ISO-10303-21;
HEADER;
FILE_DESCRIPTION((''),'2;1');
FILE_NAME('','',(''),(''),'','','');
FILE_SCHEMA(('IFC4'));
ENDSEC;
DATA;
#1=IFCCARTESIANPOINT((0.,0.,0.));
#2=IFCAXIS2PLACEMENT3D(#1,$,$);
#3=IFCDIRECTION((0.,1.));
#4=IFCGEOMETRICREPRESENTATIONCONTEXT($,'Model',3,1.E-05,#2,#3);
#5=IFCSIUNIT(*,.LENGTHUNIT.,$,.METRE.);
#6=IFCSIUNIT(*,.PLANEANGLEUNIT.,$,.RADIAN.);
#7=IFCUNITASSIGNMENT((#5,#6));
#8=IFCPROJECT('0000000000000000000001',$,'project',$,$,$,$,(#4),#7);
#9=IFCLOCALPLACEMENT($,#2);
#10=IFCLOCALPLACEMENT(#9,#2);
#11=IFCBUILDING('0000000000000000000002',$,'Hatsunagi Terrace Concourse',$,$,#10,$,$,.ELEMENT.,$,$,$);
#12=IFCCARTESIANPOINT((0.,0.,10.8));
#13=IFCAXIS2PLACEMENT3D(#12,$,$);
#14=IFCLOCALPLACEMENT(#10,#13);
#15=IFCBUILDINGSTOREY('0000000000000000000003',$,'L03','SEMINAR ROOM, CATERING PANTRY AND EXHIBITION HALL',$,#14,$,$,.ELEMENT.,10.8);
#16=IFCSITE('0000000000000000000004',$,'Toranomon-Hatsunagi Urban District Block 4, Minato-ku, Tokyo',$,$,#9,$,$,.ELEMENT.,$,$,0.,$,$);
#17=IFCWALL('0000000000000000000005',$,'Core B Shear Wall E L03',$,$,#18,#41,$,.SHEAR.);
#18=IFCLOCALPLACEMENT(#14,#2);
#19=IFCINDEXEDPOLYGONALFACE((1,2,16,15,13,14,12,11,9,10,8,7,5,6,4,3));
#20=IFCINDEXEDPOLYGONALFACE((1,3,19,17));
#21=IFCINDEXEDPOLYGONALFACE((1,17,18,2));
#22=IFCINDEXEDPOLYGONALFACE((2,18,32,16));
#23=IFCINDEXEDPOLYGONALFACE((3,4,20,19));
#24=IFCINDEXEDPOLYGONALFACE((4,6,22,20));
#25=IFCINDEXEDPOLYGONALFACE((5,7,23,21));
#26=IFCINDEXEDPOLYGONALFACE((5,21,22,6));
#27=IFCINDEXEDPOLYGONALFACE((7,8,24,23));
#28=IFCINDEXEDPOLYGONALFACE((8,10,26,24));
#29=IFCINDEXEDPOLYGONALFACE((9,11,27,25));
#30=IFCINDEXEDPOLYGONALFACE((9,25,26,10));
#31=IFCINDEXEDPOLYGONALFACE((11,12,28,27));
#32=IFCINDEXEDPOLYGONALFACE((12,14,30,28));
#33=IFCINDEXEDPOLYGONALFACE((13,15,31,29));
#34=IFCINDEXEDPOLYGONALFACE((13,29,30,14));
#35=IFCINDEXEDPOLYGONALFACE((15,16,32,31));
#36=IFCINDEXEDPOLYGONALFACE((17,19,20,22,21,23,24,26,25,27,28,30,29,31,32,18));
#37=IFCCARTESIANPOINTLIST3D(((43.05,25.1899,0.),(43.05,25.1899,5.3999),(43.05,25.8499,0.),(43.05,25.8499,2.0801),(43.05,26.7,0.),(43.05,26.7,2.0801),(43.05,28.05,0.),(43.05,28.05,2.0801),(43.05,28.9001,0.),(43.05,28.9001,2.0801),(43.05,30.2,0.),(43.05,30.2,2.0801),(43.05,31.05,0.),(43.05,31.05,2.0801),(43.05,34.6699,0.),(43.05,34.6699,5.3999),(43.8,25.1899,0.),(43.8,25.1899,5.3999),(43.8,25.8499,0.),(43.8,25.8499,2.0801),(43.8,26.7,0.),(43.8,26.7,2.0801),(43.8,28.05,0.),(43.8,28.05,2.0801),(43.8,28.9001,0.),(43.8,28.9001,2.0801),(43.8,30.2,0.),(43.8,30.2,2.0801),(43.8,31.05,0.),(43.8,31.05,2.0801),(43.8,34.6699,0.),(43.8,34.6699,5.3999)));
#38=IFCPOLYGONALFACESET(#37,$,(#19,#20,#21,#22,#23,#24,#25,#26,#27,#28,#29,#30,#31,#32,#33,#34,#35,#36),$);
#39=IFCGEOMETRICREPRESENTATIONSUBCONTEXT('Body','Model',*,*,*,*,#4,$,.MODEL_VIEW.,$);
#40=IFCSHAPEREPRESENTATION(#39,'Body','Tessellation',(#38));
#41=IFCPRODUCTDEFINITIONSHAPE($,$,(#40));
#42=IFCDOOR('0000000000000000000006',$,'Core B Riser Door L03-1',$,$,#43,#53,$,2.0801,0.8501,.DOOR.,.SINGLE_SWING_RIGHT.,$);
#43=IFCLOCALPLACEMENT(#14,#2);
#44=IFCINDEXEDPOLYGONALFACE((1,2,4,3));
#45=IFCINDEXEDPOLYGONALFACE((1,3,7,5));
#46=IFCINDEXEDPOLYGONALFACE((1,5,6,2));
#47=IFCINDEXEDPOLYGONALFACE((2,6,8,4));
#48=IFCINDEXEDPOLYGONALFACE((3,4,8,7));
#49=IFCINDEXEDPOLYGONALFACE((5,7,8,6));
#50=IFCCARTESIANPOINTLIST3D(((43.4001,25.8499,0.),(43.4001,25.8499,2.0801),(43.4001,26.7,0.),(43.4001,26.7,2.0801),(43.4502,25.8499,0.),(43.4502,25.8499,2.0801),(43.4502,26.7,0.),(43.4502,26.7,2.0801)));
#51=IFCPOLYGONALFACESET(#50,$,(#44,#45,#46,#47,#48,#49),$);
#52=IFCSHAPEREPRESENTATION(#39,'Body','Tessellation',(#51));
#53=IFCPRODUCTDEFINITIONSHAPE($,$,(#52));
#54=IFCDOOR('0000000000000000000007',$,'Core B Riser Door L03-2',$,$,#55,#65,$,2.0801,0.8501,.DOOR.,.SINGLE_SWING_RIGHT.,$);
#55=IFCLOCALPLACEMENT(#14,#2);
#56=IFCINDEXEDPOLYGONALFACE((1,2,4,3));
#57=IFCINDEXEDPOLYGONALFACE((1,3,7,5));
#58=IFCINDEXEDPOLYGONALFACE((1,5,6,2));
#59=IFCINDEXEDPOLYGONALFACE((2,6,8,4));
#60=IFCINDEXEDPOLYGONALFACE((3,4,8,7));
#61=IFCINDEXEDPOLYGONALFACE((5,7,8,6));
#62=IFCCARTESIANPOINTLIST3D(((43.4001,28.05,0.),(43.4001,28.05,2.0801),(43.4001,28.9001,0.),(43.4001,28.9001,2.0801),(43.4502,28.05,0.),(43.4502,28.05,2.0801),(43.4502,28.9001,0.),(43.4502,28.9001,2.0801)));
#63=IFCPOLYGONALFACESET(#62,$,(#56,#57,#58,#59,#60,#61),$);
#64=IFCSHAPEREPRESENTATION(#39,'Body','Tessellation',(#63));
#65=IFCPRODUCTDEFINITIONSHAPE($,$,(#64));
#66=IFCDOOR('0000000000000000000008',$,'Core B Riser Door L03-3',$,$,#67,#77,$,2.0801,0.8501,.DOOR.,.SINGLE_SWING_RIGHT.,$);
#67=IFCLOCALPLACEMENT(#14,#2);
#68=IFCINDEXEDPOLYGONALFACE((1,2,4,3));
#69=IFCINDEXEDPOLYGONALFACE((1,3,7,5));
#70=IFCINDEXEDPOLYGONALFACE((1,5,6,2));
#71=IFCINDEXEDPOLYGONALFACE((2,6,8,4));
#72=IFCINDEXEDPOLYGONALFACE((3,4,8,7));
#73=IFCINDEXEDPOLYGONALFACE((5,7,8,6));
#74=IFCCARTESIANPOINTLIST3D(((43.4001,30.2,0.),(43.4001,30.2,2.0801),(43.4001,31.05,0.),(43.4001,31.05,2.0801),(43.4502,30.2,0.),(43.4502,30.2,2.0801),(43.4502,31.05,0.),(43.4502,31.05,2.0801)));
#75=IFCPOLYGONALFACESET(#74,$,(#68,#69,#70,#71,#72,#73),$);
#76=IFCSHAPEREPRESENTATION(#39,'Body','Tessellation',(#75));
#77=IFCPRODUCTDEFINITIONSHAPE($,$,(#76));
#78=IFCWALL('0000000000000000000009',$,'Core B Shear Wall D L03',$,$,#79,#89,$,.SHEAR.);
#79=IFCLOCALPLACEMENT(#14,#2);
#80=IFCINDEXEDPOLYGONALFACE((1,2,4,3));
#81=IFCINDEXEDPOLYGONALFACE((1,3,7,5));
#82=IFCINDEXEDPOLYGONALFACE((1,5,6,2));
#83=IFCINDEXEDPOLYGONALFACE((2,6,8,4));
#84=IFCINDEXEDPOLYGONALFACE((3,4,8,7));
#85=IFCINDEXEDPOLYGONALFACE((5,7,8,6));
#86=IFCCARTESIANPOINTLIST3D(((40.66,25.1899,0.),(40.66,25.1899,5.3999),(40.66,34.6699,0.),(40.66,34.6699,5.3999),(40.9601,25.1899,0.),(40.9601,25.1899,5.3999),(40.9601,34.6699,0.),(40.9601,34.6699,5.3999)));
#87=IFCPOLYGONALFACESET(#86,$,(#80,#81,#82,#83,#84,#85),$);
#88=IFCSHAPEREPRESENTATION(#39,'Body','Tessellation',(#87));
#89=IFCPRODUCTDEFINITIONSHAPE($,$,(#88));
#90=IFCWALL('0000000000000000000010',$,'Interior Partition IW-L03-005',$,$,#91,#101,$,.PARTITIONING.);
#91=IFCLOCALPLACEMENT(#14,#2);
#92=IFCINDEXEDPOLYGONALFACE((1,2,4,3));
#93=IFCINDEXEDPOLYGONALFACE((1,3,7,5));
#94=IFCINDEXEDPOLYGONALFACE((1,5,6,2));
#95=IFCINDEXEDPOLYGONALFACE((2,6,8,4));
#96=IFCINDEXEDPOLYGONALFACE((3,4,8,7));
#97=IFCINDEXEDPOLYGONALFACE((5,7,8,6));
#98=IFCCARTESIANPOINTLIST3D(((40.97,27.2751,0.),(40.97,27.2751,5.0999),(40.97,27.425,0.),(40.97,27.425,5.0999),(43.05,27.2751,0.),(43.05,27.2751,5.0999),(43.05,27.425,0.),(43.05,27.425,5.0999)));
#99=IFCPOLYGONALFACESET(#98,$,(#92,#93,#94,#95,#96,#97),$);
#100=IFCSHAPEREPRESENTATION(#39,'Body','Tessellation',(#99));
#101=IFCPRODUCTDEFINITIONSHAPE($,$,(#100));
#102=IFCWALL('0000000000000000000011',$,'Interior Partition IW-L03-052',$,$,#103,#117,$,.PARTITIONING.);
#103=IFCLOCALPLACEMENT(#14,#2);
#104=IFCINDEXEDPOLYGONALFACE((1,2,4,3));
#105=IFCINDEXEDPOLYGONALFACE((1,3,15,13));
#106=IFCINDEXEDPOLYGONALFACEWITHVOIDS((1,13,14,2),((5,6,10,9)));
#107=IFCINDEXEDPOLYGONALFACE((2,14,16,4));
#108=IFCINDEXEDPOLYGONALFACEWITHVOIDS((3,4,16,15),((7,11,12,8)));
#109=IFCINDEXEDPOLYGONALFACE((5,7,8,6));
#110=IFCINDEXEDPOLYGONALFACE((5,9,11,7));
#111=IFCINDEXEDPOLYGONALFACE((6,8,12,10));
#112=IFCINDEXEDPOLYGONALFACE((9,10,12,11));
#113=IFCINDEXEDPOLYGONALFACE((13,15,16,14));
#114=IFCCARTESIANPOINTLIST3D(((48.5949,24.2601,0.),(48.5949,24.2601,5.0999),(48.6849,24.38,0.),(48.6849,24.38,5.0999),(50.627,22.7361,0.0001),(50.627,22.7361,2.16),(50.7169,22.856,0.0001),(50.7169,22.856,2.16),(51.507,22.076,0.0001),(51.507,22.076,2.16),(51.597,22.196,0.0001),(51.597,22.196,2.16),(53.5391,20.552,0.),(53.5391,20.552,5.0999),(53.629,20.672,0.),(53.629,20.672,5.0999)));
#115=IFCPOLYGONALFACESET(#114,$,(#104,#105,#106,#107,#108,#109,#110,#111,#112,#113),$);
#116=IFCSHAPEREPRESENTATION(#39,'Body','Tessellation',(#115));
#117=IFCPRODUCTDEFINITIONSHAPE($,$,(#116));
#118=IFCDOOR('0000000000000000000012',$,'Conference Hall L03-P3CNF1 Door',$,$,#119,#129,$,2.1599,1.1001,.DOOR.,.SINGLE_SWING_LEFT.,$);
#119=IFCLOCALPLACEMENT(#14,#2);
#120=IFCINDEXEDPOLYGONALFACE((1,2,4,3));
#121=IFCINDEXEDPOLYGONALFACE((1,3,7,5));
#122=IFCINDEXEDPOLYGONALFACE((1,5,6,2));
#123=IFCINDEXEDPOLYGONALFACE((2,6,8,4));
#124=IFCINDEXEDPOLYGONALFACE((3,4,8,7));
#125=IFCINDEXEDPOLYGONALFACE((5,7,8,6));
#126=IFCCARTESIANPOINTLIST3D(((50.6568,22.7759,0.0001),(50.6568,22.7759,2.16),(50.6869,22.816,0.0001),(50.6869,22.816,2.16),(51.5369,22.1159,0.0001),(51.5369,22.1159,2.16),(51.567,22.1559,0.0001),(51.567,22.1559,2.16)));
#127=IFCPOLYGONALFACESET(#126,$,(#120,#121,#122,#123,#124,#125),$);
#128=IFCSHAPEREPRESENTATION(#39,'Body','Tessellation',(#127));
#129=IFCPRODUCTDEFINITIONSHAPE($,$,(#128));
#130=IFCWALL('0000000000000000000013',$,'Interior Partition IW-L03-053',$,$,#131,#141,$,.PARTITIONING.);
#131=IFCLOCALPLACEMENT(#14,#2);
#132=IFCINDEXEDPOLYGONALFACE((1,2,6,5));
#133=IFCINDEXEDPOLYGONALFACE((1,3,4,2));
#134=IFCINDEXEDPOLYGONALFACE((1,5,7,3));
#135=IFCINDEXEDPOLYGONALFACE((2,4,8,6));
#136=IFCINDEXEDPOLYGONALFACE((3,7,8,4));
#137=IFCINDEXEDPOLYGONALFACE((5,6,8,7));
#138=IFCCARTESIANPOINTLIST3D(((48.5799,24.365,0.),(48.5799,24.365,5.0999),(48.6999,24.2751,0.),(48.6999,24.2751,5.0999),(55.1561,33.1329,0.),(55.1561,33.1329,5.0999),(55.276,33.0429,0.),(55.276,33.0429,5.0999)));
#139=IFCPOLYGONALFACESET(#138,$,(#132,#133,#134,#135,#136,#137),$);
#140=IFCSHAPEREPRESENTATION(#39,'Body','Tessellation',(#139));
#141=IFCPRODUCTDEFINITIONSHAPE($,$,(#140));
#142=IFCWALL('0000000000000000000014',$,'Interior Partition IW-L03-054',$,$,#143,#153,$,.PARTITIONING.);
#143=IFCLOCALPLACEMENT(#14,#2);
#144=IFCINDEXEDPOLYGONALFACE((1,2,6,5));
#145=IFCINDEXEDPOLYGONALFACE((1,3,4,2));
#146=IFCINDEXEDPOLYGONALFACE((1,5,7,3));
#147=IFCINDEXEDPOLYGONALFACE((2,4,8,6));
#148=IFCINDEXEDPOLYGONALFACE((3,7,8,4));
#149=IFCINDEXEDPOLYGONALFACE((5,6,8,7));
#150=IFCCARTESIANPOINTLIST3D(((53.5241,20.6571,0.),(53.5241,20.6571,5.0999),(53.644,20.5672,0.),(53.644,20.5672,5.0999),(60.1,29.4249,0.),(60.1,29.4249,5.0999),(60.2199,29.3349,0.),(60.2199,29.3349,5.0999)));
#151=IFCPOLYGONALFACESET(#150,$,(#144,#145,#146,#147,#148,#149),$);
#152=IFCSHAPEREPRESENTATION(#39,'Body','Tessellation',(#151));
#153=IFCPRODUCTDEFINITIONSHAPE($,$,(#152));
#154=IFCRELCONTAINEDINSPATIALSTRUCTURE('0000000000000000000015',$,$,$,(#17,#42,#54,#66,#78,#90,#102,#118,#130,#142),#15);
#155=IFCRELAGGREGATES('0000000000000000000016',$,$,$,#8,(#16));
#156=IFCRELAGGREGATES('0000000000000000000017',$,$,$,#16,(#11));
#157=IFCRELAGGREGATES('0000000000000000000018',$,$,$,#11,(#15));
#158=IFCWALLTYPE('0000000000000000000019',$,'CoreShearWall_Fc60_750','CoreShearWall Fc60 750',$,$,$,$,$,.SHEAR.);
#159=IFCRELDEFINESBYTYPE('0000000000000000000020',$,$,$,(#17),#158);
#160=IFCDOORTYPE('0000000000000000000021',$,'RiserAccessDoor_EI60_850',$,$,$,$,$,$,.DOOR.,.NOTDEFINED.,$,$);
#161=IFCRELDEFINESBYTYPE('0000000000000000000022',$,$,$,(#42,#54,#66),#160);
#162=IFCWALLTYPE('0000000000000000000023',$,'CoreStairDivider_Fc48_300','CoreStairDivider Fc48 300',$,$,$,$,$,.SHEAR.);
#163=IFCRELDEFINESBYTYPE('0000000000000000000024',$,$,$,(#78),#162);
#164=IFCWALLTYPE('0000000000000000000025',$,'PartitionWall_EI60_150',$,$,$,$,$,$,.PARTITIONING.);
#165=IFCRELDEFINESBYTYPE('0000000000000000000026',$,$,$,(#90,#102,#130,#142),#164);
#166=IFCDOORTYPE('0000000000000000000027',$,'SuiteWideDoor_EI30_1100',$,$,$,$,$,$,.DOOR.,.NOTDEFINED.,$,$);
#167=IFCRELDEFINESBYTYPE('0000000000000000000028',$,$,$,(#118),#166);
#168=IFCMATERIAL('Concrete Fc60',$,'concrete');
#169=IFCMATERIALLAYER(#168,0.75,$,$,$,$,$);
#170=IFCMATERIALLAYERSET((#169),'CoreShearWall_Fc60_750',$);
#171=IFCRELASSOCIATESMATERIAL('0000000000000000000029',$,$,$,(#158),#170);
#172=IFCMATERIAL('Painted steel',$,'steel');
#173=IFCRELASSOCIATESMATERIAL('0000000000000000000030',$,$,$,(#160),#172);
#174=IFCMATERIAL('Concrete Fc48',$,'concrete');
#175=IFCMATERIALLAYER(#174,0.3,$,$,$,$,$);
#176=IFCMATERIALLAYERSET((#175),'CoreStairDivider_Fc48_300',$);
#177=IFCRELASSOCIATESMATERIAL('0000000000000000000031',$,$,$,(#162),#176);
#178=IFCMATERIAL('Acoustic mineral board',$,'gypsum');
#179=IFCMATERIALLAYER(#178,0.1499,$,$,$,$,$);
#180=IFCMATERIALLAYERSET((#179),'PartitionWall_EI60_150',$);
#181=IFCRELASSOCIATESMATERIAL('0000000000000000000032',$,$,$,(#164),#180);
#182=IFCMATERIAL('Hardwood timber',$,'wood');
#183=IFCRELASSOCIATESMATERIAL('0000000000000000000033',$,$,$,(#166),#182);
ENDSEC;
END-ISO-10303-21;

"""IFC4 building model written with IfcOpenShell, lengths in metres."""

from ifc_helpers import new_model, si_unit, direction, frame, frame_2d, origin, place, context, subcontext, project, spatial, rectangle, extrude, material, layer, layer_set, type_object, element, fill, save


model = new_model("IFC4")

# Units and contexts
model_context = context("Model", 3, precision=1e-05, world=origin(), true_north=direction((0.0, 1.0)))
body_context = subcontext(model_context, "Body", "Model", "MODEL_VIEW")
ifc_project = project(units=[si_unit("LENGTHUNIT", "METRE"), si_unit("PLANEANGLEUNIT", "RADIAN")], contexts=[model_context])

# Site, building, storey
site_placement = place(None, origin())
site = spatial("IfcSite", under=ifc_project, at=site_placement, Name="Toranomon-Hatsunagi Urban District Block 4, Minato-ku, Tokyo", CompositionType="ELEMENT", RefElevation=0.0)
building_placement = place(site_placement, origin())
building = spatial("IfcBuilding", under=site, at=building_placement, Name="Hatsunagi Terrace Concourse", CompositionType="ELEMENT")
storey_placement = place(building_placement, frame((0.0, 0.0, 10.8)))
storey = spatial("IfcBuildingStorey", under=building, at=storey_placement, Name="L03", Description="SEMINAR ROOM, CATERING PANTRY AND EXHIBITION HALL", CompositionType="ELEMENT", Elevation=10.8)

# Shared definitions
ifc_material_1 = material(Name="Concrete Fc60", Category="concrete")
ifc_layer_1 = layer(ifc_material_1, 0.75)
ifc_layer_set_1 = layer_set([ifc_layer_1], Name="CoreShearWall_Fc60_750")
wall_type_1 = type_object("IfcWallType", Name="CoreShearWall_Fc60_750", Description="CoreShearWall Fc60 750", PredefinedType="SHEAR", material=ifc_layer_set_1)

# Wall, openings, doors
wall_1_placement = place(storey_placement, frame((43.425, 25.1899, 0.0), z_axis=(0.0, 0.0, 1.0), x_axis=(0.0, 1.0, 0.0)))
wall_1 = element("IfcWall", 1, at=wall_1_placement, inside=storey, type_object=wall_type_1, Name="Core B Shear Wall E L03", PredefinedType="SHEAR", context=body_context, shape_type="SweptSolid", body=[
    extrude(rectangle(XDim=9.48, YDim=0.75, at=frame_2d((4.74, 0.0))), origin(), (0.0, 0.0, 1.0), 5.3999),
])
opening_1_placement = place(wall_1_placement, frame((0.6599, 0.0, 0.0)))
opening_1 = element("IfcOpeningElement", 2, at=opening_1_placement, cuts=wall_1, PredefinedType="OPENING", context=body_context, shape_type="SweptSolid", body=[
    extrude(rectangle(XDim=0.8501, YDim=2.0801, at=frame_2d((0.425, 1.04))), frame((0.0, 0.385, 0.0), z_axis=(0.0, -1.0, 0.0), x_axis=(1.0, 0.0, 0.0)), (0.0, 0.0, 1.0), 0.77),
])
opening_2_placement = place(wall_1_placement, frame((2.8601, 0.0, 0.0)))
opening_2 = element("IfcOpeningElement", 3, at=opening_2_placement, cuts=wall_1, PredefinedType="OPENING", context=body_context, shape_type="SweptSolid", body=[
    extrude(rectangle(XDim=0.8501, YDim=2.0801, at=frame_2d((0.425, 1.04))), frame((0.0, 0.385, 0.0), z_axis=(0.0, -1.0, 0.0), x_axis=(1.0, 0.0, 0.0)), (0.0, 0.0, 1.0), 0.77),
])
opening_3_placement = place(wall_1_placement, frame((5.01, 0.0, 0.0)))
opening_3 = element("IfcOpeningElement", 4, at=opening_3_placement, cuts=wall_1, PredefinedType="OPENING", context=body_context, shape_type="SweptSolid", body=[
    extrude(rectangle(XDim=0.8501, YDim=2.0801, at=frame_2d((0.425, 1.04))), frame((0.0, 0.385, 0.0), z_axis=(0.0, -1.0, 0.0), x_axis=(1.0, 0.0, 0.0)), (0.0, 0.0, 1.0), 0.77),
])
ifc_material_2 = material(Name="Painted steel", Category="steel")
door_type_1 = type_object("IfcDoorType", Name="RiserAccessDoor_EI60_850", OperationType="NOTDEFINED", PredefinedType="DOOR", material=ifc_material_2)
door_1_placement = place(opening_1_placement, origin())
door_1 = element("IfcDoor", 5, at=door_1_placement, inside=storey, type_object=door_type_1, Name="Core B Riser Door L03-1", OperationType="SINGLE_SWING_RIGHT", OverallHeight=2.0801, OverallWidth=0.8501, PredefinedType="DOOR", context=body_context, shape_type="SweptSolid", body=[
    extrude(rectangle(XDim=0.8501, YDim=2.0801, at=frame_2d((0.425, 1.04))), frame((0.0, 0.0249, 0.0), z_axis=(0.0, -1.0, 0.0), x_axis=(1.0, 0.0, 0.0)), (0.0, 0.0, 1.0), 0.05),
])
fill(opening_1, door_1)
door_2_placement = place(opening_2_placement, origin())
door_2 = element("IfcDoor", 6, at=door_2_placement, inside=storey, type_object=door_type_1, Name="Core B Riser Door L03-2", OperationType="SINGLE_SWING_RIGHT", OverallHeight=2.0801, OverallWidth=0.8501, PredefinedType="DOOR", context=body_context, shape_type="SweptSolid", body=[
    extrude(rectangle(XDim=0.8501, YDim=2.0801, at=frame_2d((0.425, 1.04))), frame((0.0, 0.0249, 0.0), z_axis=(0.0, -1.0, 0.0), x_axis=(1.0, 0.0, 0.0)), (0.0, 0.0, 1.0), 0.05),
])
fill(opening_2, door_2)
door_3_placement = place(opening_3_placement, origin())
door_3 = element("IfcDoor", 7, at=door_3_placement, inside=storey, type_object=door_type_1, Name="Core B Riser Door L03-3", OperationType="SINGLE_SWING_RIGHT", OverallHeight=2.0801, OverallWidth=0.8501, PredefinedType="DOOR", context=body_context, shape_type="SweptSolid", body=[
    extrude(rectangle(XDim=0.8501, YDim=2.0801, at=frame_2d((0.425, 1.04))), frame((0.0, 0.0249, 0.0), z_axis=(0.0, -1.0, 0.0), x_axis=(1.0, 0.0, 0.0)), (0.0, 0.0, 1.0), 0.05),
])
fill(opening_3, door_3)

# Walls
ifc_material_3 = material(Name="Concrete Fc48", Category="concrete")
ifc_layer_2 = layer(ifc_material_3, 0.3)
ifc_layer_set_2 = layer_set([ifc_layer_2], Name="CoreStairDivider_Fc48_300")
wall_type_2 = type_object("IfcWallType", Name="CoreStairDivider_Fc48_300", Description="CoreStairDivider Fc48 300", PredefinedType="SHEAR", material=ifc_layer_set_2)
wall_2_placement = place(storey_placement, frame((40.8101, 25.1899, 0.0), z_axis=(0.0, 0.0, 1.0), x_axis=(0.0, 1.0, 0.0)))
element("IfcWall", 8, at=wall_2_placement, inside=storey, type_object=wall_type_2, Name="Core B Shear Wall D L03", PredefinedType="SHEAR", context=body_context, shape_type="SweptSolid", body=[
    extrude(rectangle(XDim=9.48, YDim=0.3, at=frame_2d((4.74, 0.0))), origin(), (0.0, 0.0, 1.0), 5.3999),
])
ifc_material_4 = material(Name="Acoustic mineral board", Category="gypsum")
ifc_layer_3 = layer(ifc_material_4, 0.1499)
ifc_layer_set_3 = layer_set([ifc_layer_3], Name="PartitionWall_EI60_150")
wall_type_3 = type_object("IfcWallType", Name="PartitionWall_EI60_150", PredefinedType="PARTITIONING", material=ifc_layer_set_3)
wall_3_placement = place(storey_placement, frame((40.97, 27.3501, 0.0), z_axis=(0.0, 0.0, 1.0), x_axis=(1.0, 0.0, 0.0)))
element("IfcWall", 9, at=wall_3_placement, inside=storey, type_object=wall_type_3, Name="Interior Partition IW-L03-005", PredefinedType="PARTITIONING", context=body_context, shape_type="SweptSolid", body=[
    extrude(rectangle(XDim=2.0801, YDim=0.1499, at=frame_2d((1.04, 0.0))), origin(), (0.0, 0.0, 1.0), 5.0999),
])

# Wall, opening, door
wall_4_placement = place(storey_placement, frame((48.6399, 24.3201, 0.0), z_axis=(0.0, 0.0, 1.0), x_axis=(0.800005, -0.599994, 0.0)))
wall_4 = element("IfcWall", 10, at=wall_4_placement, inside=storey, type_object=wall_type_3, Name="Interior Partition IW-L03-052", PredefinedType="PARTITIONING", context=body_context, shape_type="SweptSolid", body=[
    extrude(rectangle(XDim=6.1802, YDim=0.1499, at=frame_2d((3.0901, 0.0))), origin(), (0.0, 0.0, 1.0), 5.0999),
])
opening_4_placement = place(wall_4_placement, frame((2.54, 0.0, 0.0)))
opening_4 = element("IfcOpeningElement", 11, at=opening_4_placement, cuts=wall_4, PredefinedType="OPENING", context=body_context, shape_type="SweptSolid", body=[
    extrude(rectangle(XDim=1.1001, YDim=2.1599, at=frame_2d((0.55, 1.0801))), frame((0.0, 0.085, 0.0), z_axis=(0.0, -1.0, 0.0), x_axis=(1.0, 0.0, 0.0)), (0.0, 0.0, 1.0), 0.1699),
])
ifc_material_5 = material(Name="Hardwood timber", Category="wood")
door_type_2 = type_object("IfcDoorType", Name="SuiteWideDoor_EI30_1100", OperationType="NOTDEFINED", PredefinedType="DOOR", material=ifc_material_5)
door_4_placement = place(opening_4_placement, origin())
door_4 = element("IfcDoor", 12, at=door_4_placement, inside=storey, type_object=door_type_2, Name="Conference Hall L03-P3CNF1 Door", OperationType="SINGLE_SWING_LEFT", OverallHeight=2.1599, OverallWidth=1.1001, PredefinedType="DOOR", context=body_context, shape_type="SweptSolid", body=[
    extrude(rectangle(XDim=1.1001, YDim=2.1599, at=frame_2d((0.55, 1.0801))), frame((0.0, 0.0249, 0.0), z_axis=(0.0, -1.0, 0.0), x_axis=(1.0, 0.0, 0.0)), (0.0, 0.0, 1.0), 0.05),
])
fill(opening_4, door_4)

# Walls
wall_5_placement = place(storey_placement, frame((48.6399, 24.3201, 0.0), z_axis=(0.0, 0.0, 1.0), x_axis=(0.600018, 0.799987, 0.0)))
element("IfcWall", 13, at=wall_5_placement, inside=storey, type_object=wall_type_3, Name="Interior Partition IW-L03-053", PredefinedType="PARTITIONING", context=body_context, shape_type="SweptSolid", body=[
    extrude(rectangle(XDim=10.96, YDim=0.1499, at=frame_2d((5.48, 0.0))), origin(), (0.0, 0.0, 1.0), 5.0999),
])
wall_6_placement = place(storey_placement, frame((53.584, 20.6121, 0.0), z_axis=(0.0, 0.0, 1.0), x_axis=(0.600004, 0.799997, 0.0)))
element("IfcWall", 14, at=wall_6_placement, inside=storey, type_object=wall_type_3, Name="Interior Partition IW-L03-054", PredefinedType="PARTITIONING", context=body_context, shape_type="SweptSolid", body=[
    extrude(rectangle(XDim=10.9597, YDim=0.1499, at=frame_2d((5.48, 0.0))), origin(), (0.0, 0.0, 1.0), 5.0999),
])

save(model, "model.ifc")
